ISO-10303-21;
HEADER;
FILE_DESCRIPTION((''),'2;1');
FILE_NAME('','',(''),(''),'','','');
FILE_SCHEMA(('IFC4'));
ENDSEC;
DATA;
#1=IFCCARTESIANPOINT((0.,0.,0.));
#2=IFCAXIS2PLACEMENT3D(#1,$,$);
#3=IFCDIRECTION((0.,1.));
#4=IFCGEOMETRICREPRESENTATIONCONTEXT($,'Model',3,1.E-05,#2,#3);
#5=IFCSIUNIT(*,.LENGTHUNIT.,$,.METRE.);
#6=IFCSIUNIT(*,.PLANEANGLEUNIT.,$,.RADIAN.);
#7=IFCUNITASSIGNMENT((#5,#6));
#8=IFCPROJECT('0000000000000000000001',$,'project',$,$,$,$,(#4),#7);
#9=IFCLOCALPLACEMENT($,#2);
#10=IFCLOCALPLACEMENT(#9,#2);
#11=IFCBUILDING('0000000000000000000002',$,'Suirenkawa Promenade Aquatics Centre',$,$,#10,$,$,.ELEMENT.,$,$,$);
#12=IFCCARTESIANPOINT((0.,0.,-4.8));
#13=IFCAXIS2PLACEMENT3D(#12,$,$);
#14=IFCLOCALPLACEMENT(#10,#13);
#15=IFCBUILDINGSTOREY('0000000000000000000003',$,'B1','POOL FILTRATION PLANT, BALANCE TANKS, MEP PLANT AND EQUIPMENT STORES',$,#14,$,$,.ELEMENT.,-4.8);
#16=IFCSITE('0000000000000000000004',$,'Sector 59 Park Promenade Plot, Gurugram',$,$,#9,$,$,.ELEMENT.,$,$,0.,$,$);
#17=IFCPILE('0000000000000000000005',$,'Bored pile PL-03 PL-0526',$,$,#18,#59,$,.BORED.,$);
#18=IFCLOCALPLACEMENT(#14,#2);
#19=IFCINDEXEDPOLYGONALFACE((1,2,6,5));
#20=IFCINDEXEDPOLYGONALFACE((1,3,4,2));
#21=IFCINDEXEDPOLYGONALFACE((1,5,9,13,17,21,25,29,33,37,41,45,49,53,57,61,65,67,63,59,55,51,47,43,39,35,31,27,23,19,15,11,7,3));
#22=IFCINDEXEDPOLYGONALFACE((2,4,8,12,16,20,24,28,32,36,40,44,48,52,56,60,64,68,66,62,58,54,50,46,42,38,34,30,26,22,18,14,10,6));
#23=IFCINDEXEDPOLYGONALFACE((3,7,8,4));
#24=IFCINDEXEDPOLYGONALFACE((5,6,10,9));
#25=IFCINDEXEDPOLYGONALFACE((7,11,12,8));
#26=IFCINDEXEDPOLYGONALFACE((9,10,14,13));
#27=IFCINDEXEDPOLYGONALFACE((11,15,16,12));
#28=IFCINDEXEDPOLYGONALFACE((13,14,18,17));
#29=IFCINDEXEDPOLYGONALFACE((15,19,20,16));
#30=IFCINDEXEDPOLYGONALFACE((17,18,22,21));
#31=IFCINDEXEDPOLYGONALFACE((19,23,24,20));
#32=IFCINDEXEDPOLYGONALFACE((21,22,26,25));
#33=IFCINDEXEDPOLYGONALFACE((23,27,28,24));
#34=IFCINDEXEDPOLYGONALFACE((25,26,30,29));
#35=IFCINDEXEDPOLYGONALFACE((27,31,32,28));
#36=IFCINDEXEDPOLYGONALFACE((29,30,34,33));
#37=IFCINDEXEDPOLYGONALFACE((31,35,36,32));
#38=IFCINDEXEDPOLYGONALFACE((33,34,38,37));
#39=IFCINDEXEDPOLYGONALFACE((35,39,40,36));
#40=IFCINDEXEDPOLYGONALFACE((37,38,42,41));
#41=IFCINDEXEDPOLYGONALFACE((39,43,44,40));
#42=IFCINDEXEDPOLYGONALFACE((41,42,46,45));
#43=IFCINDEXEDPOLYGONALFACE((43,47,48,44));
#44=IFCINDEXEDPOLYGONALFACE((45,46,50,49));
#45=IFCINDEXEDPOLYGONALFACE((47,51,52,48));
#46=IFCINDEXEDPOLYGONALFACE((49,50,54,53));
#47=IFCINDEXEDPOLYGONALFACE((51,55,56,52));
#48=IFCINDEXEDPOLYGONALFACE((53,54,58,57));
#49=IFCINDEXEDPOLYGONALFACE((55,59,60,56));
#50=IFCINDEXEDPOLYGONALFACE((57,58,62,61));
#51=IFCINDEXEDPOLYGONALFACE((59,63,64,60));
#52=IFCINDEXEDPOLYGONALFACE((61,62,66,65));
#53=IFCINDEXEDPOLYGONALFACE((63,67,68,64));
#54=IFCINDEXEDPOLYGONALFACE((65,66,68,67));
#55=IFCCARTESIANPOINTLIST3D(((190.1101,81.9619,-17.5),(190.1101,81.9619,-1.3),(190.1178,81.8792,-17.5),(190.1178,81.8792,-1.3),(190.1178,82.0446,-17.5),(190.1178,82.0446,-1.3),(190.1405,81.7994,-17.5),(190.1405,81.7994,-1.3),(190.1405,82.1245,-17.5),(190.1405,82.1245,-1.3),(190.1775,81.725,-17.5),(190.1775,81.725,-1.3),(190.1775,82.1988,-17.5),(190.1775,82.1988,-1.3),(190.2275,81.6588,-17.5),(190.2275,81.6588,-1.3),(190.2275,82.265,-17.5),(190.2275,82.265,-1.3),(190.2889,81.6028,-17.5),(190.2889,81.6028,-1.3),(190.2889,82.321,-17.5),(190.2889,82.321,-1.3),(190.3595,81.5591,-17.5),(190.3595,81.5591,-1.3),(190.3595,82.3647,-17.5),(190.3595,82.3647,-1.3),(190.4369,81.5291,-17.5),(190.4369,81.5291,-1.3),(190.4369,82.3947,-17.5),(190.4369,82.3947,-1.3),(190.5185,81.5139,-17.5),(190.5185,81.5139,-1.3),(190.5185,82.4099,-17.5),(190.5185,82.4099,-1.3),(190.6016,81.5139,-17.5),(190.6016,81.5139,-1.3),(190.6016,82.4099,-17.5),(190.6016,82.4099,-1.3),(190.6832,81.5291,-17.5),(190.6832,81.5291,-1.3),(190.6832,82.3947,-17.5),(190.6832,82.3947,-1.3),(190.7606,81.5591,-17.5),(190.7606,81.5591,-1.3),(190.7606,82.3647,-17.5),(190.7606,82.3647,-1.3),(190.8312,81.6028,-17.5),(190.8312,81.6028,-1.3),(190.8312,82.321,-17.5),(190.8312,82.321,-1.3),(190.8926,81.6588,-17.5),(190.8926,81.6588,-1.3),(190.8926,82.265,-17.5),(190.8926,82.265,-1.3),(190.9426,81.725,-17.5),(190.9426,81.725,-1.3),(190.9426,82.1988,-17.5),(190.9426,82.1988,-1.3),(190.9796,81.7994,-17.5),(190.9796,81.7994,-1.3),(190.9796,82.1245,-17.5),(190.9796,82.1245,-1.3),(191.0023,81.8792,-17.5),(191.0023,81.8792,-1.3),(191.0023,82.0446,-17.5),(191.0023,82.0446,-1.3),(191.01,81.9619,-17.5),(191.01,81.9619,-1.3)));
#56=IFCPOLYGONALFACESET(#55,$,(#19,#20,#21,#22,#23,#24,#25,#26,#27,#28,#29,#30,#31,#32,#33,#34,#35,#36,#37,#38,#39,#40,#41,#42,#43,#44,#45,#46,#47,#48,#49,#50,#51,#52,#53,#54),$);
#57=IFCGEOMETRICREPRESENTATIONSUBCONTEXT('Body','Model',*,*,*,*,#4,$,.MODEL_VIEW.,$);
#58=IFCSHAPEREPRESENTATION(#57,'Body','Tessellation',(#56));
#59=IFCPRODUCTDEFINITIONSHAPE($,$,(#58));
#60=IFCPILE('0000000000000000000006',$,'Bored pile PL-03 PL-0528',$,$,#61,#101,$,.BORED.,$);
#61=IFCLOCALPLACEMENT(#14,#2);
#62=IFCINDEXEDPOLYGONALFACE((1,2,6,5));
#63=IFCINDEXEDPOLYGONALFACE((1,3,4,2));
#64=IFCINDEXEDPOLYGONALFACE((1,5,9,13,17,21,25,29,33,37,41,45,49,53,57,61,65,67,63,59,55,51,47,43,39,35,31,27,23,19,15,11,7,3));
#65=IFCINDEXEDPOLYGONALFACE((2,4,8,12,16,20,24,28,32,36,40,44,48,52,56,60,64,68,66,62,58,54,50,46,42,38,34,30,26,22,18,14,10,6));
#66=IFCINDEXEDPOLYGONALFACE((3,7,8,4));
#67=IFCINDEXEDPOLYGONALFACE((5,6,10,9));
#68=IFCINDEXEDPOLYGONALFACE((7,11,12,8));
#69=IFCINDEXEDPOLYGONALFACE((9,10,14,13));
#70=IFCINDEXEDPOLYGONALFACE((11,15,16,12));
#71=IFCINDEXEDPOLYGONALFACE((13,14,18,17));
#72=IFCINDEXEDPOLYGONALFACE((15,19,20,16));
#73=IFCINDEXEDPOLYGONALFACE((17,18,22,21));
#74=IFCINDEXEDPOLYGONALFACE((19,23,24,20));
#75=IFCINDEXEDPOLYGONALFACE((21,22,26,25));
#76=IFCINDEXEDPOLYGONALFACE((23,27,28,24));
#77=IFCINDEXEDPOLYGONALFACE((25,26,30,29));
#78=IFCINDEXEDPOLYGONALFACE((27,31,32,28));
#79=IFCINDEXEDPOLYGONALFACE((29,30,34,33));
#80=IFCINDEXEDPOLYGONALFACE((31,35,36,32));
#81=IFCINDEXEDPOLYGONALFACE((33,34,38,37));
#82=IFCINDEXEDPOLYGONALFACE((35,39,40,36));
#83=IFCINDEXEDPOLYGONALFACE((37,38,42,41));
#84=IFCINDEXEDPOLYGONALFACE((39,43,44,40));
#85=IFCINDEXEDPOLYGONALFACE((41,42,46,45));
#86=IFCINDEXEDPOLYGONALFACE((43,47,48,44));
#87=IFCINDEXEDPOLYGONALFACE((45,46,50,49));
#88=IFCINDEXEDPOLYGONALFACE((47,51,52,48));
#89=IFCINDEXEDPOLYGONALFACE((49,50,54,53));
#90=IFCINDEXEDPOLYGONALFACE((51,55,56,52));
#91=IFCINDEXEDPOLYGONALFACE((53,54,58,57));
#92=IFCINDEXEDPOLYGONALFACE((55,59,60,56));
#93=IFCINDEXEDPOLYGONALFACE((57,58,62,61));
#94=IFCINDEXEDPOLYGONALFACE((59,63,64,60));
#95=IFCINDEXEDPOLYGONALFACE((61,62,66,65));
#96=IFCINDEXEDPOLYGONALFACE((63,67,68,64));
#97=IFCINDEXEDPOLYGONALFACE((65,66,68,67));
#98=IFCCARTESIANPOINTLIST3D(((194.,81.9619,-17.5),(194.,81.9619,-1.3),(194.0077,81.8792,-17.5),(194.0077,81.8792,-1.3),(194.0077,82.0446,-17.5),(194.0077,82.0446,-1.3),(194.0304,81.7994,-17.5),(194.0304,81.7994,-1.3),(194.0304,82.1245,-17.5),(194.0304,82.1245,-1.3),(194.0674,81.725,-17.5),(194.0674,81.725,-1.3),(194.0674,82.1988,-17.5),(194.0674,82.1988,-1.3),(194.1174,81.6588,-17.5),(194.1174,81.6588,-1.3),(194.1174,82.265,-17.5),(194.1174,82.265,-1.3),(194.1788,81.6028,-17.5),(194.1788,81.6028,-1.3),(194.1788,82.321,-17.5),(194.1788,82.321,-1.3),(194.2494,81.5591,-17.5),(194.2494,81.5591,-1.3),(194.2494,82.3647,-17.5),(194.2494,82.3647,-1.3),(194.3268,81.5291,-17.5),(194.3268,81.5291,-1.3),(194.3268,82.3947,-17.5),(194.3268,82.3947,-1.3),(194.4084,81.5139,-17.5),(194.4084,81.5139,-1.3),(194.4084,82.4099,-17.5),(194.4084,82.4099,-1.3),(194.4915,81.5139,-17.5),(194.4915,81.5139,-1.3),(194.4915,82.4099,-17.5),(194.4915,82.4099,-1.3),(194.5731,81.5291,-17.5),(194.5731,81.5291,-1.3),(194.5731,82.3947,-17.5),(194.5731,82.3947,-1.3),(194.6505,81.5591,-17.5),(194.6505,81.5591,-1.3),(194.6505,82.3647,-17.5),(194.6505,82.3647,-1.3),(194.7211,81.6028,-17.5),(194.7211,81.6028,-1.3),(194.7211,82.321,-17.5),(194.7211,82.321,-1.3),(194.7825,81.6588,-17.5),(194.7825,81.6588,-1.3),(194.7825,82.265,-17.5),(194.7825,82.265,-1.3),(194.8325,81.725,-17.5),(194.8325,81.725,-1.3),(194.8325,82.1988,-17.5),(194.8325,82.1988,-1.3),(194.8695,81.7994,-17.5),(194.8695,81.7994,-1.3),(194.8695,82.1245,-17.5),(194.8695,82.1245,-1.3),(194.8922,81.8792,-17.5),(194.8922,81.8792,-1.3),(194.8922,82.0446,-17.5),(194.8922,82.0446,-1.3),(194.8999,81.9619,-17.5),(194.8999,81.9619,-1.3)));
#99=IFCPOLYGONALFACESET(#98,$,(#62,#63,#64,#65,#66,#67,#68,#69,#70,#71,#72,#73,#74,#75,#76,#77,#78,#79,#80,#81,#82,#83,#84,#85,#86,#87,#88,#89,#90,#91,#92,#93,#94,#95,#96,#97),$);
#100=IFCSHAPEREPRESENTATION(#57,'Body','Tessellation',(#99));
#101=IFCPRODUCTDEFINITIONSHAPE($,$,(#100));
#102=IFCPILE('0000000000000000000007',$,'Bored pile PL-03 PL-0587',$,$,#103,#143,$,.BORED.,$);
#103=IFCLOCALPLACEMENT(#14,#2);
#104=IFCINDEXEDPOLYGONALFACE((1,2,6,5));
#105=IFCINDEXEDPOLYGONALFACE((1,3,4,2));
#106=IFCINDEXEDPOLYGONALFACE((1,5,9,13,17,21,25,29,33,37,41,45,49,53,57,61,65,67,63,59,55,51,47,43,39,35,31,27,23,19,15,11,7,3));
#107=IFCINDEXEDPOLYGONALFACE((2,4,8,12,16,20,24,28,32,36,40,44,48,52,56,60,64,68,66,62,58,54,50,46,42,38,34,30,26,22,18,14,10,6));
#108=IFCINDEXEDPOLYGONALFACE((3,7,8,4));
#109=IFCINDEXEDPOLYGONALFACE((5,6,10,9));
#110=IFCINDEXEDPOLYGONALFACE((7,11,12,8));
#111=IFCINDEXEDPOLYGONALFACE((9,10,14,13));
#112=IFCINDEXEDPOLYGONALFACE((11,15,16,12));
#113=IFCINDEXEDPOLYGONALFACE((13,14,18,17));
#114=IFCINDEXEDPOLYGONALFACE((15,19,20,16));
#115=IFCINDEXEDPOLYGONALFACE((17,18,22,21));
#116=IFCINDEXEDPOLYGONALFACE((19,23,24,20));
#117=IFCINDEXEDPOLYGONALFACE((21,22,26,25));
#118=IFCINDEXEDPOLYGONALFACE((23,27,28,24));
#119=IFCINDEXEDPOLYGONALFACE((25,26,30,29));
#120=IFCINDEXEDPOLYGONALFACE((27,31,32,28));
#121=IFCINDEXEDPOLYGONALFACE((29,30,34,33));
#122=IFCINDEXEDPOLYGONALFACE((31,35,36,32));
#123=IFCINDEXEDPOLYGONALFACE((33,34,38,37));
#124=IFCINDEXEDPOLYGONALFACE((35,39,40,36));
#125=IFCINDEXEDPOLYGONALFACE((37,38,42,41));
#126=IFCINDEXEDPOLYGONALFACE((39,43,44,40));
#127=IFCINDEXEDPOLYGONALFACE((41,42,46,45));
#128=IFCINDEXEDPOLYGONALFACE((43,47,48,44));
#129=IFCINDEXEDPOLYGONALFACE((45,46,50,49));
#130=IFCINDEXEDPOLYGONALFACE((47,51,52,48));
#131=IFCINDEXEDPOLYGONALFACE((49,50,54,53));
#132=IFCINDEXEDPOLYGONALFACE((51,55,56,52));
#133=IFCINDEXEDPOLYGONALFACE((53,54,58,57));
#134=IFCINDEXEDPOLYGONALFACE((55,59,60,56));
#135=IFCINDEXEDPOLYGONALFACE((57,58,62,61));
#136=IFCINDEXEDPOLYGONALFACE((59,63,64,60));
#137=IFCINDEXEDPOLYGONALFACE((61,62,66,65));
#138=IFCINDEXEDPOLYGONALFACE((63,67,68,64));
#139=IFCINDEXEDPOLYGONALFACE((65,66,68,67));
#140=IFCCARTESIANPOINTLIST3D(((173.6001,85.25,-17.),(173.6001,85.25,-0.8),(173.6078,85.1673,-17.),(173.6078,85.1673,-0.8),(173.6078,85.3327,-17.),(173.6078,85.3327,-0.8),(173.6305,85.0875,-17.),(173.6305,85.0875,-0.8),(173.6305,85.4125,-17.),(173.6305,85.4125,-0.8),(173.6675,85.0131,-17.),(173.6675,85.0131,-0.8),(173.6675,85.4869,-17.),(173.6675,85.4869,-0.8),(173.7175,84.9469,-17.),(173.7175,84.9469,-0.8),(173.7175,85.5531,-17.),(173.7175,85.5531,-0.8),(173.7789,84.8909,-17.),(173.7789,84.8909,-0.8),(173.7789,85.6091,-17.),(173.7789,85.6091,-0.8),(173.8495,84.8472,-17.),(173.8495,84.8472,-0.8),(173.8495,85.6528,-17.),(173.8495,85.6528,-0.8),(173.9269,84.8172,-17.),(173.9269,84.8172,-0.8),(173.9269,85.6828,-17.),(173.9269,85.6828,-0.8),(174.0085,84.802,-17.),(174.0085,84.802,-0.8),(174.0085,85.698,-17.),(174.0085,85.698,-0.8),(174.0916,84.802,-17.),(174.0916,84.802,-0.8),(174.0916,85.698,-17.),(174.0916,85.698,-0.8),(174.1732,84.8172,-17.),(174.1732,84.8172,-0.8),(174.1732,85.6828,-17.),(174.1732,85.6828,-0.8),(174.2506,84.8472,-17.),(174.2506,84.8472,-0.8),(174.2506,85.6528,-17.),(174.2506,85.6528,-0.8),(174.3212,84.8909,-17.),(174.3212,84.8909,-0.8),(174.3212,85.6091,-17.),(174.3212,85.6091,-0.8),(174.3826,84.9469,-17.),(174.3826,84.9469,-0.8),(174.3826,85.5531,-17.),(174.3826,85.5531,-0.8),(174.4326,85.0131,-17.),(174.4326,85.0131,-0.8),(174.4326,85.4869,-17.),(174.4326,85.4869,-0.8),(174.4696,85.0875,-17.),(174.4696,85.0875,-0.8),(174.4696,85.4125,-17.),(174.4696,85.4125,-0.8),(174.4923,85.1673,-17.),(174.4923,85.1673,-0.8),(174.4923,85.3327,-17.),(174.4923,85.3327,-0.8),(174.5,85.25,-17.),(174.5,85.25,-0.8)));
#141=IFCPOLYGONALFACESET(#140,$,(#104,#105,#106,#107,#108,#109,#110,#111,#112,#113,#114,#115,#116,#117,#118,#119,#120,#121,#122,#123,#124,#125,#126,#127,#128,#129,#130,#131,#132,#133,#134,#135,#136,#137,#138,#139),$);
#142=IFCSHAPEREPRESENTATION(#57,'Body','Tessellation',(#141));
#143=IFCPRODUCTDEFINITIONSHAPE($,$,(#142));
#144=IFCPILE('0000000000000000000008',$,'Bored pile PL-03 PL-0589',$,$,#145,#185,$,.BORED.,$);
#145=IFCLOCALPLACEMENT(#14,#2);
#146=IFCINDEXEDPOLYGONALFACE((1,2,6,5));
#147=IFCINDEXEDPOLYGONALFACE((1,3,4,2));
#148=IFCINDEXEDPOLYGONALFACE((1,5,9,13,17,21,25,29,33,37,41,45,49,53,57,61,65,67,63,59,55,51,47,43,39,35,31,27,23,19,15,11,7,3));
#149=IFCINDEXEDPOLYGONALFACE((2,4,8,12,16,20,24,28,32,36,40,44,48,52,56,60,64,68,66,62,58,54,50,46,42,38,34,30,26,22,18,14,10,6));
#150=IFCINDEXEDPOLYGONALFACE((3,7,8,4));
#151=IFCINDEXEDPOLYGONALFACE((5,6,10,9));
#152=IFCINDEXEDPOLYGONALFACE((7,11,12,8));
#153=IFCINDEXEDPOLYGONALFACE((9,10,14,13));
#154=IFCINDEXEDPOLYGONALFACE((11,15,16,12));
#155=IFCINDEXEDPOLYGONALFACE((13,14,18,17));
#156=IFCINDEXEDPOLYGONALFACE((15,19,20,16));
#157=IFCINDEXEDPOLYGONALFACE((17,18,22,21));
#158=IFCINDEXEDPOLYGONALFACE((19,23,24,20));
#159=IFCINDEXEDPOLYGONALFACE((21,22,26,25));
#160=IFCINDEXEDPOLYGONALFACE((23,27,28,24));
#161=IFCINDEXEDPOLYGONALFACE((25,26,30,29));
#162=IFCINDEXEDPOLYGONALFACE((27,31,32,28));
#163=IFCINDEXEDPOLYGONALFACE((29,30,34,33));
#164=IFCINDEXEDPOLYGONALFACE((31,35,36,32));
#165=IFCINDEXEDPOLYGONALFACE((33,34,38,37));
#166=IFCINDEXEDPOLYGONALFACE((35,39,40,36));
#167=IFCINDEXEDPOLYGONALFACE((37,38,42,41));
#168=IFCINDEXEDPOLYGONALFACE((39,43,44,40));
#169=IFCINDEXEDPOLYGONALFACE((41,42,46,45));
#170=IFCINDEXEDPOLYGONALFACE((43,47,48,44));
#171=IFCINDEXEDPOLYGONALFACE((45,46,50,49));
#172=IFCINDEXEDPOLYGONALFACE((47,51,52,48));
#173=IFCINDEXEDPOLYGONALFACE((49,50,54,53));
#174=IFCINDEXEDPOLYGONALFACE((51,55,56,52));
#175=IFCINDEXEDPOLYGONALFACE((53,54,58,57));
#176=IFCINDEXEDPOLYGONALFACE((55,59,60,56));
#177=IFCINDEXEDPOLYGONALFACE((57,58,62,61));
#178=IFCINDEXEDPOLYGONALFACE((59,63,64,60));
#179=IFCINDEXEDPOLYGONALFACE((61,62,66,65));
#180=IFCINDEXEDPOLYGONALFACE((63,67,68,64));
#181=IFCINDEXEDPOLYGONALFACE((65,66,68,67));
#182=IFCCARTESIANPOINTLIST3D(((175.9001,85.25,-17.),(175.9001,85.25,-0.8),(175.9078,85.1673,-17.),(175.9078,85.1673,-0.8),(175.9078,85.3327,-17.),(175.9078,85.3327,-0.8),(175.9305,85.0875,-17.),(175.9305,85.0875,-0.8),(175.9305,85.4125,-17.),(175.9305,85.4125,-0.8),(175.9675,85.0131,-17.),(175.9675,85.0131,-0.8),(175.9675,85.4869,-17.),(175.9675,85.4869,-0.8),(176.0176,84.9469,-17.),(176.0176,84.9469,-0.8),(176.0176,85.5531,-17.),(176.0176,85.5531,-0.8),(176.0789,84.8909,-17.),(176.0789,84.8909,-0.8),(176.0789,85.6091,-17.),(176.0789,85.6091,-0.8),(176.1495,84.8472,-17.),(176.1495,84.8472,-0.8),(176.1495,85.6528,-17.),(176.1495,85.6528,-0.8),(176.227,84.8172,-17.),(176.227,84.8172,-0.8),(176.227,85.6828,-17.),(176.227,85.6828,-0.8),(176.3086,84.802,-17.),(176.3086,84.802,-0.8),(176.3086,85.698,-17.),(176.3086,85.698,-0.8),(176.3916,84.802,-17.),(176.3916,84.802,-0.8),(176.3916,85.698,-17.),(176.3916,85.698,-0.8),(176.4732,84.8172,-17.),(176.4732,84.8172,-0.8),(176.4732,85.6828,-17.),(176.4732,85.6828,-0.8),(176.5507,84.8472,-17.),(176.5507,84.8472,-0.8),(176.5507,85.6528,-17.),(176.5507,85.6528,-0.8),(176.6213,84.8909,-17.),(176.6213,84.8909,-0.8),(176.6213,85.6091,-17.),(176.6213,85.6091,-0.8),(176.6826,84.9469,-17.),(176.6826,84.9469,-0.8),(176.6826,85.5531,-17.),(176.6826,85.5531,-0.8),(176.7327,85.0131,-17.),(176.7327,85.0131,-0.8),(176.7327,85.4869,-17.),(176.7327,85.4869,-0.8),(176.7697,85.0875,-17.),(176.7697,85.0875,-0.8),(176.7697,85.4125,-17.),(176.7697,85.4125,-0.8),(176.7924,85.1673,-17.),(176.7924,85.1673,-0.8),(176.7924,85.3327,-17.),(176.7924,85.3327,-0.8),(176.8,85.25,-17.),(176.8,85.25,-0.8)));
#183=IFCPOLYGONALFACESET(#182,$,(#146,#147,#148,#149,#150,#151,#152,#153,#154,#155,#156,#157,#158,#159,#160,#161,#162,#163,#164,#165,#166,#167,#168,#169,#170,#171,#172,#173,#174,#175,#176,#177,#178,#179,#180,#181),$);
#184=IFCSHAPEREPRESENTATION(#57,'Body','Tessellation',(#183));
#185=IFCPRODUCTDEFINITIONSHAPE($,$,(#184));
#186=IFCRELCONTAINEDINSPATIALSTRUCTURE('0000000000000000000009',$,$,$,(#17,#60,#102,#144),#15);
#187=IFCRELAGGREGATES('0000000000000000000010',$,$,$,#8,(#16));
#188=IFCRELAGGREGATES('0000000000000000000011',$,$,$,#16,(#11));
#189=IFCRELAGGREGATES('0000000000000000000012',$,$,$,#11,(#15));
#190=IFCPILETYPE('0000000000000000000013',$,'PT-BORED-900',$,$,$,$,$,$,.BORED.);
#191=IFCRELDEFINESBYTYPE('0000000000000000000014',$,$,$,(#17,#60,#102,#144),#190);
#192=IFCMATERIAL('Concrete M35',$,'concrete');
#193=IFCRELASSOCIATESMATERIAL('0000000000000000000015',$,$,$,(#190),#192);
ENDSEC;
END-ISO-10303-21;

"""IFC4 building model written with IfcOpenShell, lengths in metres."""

from ifc_helpers import new_model, si_unit, direction, frame, origin, origin_2d, place, context, subcontext, project, spatial, circle, extrude, material, material_profile, profile_set, type_object, element, save


model = new_model("IFC4")

# Units and contexts
model_context = context("Model", 3, precision=1e-05, world=origin(), true_north=direction((0.0, 1.0)))
body_context = subcontext(model_context, "Body", "Model", "MODEL_VIEW")
ifc_project = project(units=[si_unit("LENGTHUNIT", "METRE"), si_unit("PLANEANGLEUNIT", "RADIAN")], contexts=[model_context])

# Site, building, storey
site_placement = place(None, origin())
site = spatial("IfcSite", under=ifc_project, at=site_placement, Name="Sector 59 Park Promenade Plot, Gurugram", CompositionType="ELEMENT", RefElevation=0.0)
building_placement = place(site_placement, origin())
building = spatial("IfcBuilding", under=site, at=building_placement, Name="Suirenkawa Promenade Aquatics Centre", CompositionType="ELEMENT")
storey_placement = place(building_placement, frame((0.0, 0.0, -4.8)))
storey = spatial("IfcBuildingStorey", under=building, at=storey_placement, Name="B1", Description="POOL FILTRATION PLANT, BALANCE TANKS, MEP PLANT AND EQUIPMENT STORES", CompositionType="ELEMENT", Elevation=-4.8)

# Shared definitions
ifc_material_1 = material(Name="Concrete M35", Category="concrete")

# Piles
ifc_material_profile_1 = material_profile(ifc_material_1, circle(Radius=0.45, at=origin_2d()), Name="PILE D900", Category="concrete")
ifc_profile_set_1 = profile_set([ifc_material_profile_1], Name="Concrete M35")
pile_type_1 = type_object("IfcPileType", Name="PT-BORED-900", PredefinedType="BORED", material=ifc_profile_set_1)
for number, where, z_axis, x_axis, name in (
    (1, (190.5601, 81.9619, -1.3), (0.0, 0.0, -1.0), (1.0, 0.0, 0.0), "Bored pile PL-03 PL-0526"),
    (2, (194.45, 81.9619, -1.3), (0.0, 0.0, -1.0), (1.0, 0.0, 0.0), "Bored pile PL-03 PL-0528"),
    (3, (174.05, 85.25, -0.8), (0.0, 0.0, -1.0), (1.0, 0.0, 0.0), "Bored pile PL-03 PL-0587"),
    (4, (176.3501, 85.25, -0.8), (0.0, 0.0, -1.0), (1.0, 0.0, 0.0), "Bored pile PL-03 PL-0589"),
):
    element("IfcPile", number, at=place(storey_placement, frame(where, z_axis=z_axis, x_axis=x_axis)), inside=storey, type_object=pile_type_1, Name=name, PredefinedType="BORED", context=body_context, shape_type="SweptSolid", body=[
        extrude(circle(Radius=0.45, at=origin_2d()), origin(), (0.0, 0.0, 1.0), 16.2),
    ])

save(model, "model.ifc")
